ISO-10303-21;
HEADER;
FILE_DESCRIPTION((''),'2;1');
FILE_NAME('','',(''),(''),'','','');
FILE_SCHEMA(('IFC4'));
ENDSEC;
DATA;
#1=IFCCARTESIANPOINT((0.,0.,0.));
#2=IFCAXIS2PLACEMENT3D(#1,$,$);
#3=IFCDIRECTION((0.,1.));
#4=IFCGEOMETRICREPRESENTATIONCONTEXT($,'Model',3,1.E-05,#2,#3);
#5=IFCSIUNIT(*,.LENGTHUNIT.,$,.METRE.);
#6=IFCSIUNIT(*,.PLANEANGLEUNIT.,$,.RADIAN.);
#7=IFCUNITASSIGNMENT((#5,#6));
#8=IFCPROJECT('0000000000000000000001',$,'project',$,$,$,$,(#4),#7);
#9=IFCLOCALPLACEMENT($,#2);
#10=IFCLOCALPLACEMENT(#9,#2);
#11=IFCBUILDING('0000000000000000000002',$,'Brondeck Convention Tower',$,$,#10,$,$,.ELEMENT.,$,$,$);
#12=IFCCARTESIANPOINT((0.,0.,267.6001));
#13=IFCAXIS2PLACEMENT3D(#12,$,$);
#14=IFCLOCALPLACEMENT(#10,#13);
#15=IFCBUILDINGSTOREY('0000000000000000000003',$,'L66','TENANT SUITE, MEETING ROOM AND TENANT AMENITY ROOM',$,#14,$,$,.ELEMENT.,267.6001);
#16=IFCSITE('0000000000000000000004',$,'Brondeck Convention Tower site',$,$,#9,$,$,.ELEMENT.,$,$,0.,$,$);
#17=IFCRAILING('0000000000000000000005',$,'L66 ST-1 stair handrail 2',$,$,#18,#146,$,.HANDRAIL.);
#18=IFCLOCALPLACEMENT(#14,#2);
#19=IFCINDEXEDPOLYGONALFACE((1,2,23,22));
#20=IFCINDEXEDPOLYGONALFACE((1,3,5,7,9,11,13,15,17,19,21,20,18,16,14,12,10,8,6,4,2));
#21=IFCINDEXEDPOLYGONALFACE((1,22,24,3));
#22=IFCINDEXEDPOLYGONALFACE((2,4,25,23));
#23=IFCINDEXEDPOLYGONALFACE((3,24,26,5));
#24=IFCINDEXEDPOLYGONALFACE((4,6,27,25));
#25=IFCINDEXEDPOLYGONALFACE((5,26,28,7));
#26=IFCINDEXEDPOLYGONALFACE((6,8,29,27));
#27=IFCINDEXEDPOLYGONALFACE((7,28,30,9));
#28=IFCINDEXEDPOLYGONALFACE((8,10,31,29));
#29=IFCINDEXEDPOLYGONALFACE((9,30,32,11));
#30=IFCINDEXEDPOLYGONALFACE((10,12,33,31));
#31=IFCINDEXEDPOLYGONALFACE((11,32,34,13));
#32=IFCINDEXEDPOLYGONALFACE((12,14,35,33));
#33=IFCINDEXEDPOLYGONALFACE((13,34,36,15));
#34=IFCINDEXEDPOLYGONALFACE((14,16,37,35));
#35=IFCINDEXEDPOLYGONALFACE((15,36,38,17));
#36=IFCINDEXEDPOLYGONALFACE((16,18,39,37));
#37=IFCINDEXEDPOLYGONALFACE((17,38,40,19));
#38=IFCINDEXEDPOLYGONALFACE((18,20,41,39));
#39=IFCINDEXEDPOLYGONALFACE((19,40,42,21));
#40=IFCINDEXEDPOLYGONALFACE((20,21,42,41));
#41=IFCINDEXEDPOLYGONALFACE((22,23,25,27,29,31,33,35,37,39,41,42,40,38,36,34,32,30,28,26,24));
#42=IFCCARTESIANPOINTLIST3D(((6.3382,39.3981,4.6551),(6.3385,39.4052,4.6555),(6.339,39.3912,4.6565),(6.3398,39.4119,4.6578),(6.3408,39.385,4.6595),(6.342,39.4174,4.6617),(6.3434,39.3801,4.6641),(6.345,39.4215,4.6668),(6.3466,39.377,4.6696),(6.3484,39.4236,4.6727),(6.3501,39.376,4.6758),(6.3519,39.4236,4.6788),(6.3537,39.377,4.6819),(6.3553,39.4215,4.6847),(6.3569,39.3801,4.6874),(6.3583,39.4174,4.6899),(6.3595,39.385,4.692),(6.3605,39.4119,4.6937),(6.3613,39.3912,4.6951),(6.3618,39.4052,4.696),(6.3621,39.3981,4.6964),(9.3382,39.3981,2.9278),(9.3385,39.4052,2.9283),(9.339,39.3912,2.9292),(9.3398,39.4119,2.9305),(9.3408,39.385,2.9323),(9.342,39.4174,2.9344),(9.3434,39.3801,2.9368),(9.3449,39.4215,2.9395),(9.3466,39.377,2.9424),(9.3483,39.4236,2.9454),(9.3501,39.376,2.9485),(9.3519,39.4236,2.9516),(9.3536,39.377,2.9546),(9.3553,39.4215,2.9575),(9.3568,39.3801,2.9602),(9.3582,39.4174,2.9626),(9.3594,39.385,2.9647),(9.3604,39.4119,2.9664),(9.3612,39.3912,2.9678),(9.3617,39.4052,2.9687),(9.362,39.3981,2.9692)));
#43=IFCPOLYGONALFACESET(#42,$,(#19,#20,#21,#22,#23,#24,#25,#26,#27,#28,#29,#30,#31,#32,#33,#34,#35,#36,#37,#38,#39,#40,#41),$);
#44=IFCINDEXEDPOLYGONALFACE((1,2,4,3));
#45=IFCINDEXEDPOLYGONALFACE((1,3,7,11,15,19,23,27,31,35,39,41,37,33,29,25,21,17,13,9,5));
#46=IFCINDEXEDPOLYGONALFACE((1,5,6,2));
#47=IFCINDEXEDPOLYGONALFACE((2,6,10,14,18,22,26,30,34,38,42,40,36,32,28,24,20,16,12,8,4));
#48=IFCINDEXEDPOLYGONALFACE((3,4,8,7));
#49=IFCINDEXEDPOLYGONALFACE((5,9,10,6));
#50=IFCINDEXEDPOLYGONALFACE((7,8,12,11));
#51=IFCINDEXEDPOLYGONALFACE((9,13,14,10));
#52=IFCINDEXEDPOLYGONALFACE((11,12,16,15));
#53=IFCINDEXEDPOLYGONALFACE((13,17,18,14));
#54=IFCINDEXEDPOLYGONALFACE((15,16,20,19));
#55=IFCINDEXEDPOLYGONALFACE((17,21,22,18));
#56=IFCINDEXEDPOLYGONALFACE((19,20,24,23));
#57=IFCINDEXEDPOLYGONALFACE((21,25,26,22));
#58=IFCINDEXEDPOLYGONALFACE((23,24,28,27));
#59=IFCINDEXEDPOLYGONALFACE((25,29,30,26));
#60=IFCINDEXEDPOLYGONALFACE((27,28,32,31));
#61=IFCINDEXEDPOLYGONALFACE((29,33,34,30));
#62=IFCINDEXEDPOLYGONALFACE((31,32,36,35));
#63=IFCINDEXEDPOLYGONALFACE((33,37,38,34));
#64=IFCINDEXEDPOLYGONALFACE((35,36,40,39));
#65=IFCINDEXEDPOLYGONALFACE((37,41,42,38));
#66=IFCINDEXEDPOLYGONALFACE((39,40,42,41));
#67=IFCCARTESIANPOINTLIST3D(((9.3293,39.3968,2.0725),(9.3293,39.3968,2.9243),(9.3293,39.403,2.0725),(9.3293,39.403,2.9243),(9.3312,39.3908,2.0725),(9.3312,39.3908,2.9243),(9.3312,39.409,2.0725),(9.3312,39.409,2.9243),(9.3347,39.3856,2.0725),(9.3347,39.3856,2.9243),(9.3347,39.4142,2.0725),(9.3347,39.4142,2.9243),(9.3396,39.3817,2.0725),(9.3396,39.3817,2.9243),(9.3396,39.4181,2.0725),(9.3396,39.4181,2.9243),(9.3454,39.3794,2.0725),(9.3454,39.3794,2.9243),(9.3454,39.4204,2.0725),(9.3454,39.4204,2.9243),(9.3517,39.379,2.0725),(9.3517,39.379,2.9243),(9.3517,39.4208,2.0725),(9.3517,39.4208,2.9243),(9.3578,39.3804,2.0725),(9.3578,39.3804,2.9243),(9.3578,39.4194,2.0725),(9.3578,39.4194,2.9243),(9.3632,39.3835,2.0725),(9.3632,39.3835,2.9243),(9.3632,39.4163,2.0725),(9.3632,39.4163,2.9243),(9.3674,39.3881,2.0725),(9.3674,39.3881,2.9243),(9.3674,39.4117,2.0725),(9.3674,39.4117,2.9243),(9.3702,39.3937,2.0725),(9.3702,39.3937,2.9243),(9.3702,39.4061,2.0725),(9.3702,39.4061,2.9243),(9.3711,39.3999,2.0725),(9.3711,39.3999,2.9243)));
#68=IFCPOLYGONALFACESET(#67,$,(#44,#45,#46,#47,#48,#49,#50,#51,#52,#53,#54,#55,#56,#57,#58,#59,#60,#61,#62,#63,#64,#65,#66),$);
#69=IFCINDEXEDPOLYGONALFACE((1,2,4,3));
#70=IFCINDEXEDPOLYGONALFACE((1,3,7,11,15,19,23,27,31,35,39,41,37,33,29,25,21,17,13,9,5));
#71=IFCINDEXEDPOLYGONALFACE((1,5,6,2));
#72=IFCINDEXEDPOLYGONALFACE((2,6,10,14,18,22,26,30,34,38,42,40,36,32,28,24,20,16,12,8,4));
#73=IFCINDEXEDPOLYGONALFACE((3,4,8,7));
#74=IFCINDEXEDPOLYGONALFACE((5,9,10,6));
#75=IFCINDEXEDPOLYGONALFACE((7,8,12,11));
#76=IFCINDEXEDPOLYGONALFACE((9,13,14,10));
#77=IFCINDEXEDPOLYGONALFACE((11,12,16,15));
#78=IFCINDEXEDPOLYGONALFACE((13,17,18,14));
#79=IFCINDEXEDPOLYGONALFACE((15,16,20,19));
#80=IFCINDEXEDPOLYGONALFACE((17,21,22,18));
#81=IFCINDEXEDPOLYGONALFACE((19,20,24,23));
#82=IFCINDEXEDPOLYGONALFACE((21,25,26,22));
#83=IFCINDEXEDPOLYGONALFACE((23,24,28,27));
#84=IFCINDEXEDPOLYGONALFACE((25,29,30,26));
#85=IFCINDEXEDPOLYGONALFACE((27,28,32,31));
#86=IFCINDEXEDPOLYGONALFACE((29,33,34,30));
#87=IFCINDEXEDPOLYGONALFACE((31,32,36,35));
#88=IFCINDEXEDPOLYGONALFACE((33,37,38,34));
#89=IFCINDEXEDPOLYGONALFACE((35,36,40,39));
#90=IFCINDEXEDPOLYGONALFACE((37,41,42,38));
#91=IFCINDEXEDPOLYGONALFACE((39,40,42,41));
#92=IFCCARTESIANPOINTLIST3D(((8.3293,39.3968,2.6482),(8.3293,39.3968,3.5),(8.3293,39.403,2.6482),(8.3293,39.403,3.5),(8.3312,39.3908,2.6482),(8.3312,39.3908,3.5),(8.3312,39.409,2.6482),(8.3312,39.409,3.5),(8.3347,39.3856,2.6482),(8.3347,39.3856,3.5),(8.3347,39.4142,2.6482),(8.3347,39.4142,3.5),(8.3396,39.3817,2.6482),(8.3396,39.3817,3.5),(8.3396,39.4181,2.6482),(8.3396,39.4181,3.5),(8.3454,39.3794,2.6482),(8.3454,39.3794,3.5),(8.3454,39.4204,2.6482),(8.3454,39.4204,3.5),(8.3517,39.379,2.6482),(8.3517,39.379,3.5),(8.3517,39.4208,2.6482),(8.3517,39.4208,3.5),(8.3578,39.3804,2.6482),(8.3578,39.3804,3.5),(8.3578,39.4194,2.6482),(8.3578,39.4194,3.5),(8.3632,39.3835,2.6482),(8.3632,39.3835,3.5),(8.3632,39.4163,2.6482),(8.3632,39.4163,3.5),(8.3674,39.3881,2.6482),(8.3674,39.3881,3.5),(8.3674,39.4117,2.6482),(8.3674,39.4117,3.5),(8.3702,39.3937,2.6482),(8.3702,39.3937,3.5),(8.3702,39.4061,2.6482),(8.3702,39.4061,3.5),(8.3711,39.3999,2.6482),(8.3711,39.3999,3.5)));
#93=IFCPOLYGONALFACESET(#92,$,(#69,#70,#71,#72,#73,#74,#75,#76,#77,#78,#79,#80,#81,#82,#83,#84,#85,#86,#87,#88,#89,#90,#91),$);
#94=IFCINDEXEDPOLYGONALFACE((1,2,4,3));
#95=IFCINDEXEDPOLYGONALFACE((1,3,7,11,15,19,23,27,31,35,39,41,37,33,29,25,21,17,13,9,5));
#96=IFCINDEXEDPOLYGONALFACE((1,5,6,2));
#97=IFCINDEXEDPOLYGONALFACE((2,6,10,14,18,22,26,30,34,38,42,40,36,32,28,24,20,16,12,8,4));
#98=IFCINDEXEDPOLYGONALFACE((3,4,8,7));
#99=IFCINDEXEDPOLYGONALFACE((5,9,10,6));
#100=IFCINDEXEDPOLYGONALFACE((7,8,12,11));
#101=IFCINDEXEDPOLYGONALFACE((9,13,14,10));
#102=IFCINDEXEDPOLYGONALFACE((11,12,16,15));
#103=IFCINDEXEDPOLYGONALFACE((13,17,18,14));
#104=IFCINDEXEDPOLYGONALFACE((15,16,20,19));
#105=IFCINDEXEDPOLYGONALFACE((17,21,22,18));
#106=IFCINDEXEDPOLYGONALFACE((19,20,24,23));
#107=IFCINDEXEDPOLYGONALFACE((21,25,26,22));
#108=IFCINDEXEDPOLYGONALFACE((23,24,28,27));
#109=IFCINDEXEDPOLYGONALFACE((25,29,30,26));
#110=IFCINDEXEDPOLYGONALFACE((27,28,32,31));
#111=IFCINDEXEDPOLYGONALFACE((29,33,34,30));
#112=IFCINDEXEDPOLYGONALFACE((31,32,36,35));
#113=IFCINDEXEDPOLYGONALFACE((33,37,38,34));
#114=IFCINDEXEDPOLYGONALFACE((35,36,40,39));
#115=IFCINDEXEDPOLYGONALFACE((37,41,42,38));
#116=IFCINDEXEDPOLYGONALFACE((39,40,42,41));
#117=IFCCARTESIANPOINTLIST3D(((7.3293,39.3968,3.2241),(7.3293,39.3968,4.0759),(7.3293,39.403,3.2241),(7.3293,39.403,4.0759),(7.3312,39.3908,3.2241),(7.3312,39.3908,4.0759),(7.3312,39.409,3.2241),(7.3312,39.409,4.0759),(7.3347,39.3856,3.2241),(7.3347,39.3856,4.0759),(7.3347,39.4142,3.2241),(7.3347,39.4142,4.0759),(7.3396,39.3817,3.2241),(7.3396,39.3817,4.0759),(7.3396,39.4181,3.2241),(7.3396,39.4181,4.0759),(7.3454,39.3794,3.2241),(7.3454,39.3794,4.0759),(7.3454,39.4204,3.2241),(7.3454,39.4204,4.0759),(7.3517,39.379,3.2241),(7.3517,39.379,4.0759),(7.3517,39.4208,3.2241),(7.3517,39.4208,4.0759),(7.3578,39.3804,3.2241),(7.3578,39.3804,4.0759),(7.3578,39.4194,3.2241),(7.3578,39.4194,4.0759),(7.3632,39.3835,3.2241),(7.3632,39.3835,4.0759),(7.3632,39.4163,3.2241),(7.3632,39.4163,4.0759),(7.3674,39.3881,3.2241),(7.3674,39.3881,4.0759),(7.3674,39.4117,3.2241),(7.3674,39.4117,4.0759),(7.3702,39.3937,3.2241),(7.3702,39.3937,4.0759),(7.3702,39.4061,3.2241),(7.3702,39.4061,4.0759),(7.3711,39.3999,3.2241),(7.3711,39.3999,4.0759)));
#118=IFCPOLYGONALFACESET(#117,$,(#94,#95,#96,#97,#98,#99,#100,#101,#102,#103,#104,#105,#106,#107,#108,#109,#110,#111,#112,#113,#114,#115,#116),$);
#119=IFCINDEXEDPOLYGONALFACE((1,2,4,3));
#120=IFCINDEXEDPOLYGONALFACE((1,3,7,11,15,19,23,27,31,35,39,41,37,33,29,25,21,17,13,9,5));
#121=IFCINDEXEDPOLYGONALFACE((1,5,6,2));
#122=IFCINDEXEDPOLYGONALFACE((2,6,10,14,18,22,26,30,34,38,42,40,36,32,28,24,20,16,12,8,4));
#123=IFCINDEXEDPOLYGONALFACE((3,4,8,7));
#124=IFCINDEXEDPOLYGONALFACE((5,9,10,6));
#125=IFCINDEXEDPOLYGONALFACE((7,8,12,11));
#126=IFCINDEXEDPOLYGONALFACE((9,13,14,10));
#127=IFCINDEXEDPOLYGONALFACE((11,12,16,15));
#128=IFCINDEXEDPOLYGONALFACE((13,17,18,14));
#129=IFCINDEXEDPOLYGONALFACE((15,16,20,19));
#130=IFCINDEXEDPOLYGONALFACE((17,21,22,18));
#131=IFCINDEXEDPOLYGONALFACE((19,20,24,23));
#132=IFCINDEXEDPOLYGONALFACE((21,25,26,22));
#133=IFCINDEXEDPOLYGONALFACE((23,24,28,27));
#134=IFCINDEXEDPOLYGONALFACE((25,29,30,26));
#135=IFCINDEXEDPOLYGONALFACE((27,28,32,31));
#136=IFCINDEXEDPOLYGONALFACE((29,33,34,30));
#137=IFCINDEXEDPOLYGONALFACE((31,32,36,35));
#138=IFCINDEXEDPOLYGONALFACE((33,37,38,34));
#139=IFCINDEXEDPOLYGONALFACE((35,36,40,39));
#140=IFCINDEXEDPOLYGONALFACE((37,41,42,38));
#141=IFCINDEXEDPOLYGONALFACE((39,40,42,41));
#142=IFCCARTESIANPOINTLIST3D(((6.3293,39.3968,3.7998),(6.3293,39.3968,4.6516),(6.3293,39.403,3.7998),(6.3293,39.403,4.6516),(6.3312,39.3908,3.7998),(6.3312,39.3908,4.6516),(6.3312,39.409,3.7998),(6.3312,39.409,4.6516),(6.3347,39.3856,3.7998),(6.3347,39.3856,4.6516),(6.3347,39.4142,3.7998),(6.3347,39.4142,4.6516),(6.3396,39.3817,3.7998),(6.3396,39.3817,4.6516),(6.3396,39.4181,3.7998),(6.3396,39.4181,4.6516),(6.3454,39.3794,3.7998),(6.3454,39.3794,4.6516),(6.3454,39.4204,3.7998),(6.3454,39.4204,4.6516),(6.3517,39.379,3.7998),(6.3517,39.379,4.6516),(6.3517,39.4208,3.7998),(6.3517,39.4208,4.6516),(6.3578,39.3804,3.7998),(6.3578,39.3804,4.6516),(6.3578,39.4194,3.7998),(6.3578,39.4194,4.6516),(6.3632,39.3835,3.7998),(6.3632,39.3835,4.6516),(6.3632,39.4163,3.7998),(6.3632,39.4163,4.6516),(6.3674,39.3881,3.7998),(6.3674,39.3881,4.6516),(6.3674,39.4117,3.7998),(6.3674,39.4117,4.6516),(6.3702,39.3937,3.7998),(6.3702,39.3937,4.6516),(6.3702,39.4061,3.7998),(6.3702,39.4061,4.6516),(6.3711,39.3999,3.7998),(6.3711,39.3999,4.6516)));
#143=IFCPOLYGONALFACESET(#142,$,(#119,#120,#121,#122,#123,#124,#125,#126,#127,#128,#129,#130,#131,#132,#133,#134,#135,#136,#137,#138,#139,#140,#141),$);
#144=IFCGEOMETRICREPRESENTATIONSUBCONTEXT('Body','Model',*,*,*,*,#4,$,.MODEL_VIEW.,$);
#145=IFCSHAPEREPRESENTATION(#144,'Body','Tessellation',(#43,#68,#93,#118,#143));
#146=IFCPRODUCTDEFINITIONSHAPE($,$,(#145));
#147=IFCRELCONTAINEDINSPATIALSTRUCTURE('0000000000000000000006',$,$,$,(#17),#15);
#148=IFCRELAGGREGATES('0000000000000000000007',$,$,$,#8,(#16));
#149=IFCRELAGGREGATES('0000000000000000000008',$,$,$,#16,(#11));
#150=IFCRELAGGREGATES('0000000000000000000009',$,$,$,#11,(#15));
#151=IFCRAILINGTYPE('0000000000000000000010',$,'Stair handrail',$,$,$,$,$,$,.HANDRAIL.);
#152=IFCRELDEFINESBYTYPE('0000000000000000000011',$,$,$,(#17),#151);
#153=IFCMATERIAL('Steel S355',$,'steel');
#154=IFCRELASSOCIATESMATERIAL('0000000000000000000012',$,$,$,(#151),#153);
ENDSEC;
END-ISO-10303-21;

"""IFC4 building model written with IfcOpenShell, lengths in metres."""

from ifc_helpers import new_model, si_unit, direction, frame, origin, origin_2d, place, context, subcontext, project, spatial, circle, extrude, material, type_object, element, save


model = new_model("IFC4")

# Units and contexts
model_context = context("Model", 3, precision=1e-05, world=origin(), true_north=direction((0.0, 1.0)))
body_context = subcontext(model_context, "Body", "Model", "MODEL_VIEW")
ifc_project = project(units=[si_unit("LENGTHUNIT", "METRE"), si_unit("PLANEANGLEUNIT", "RADIAN")], contexts=[model_context])

# Site, building, storey
site_placement = place(None, origin())
site = spatial("IfcSite", under=ifc_project, at=site_placement, Name="Brondeck Convention Tower site", CompositionType="ELEMENT", RefElevation=0.0)
building_placement = place(site_placement, origin())
building = spatial("IfcBuilding", under=site, at=building_placement, Name="Brondeck Convention Tower", CompositionType="ELEMENT")
storey_placement = place(building_placement, frame((0.0, 0.0, 267.6001)))
storey = spatial("IfcBuildingStorey", under=building, at=storey_placement, Name="L66", Description="TENANT SUITE, MEETING ROOM AND TENANT AMENITY ROOM", CompositionType="ELEMENT", Elevation=267.6001)

# Railing
ifc_material_1 = material(Name="Steel S355", Category="steel")
railing_type_1 = type_object("IfcRailingType", Name="Stair handrail", PredefinedType="HANDRAIL", material=ifc_material_1)
railing_1_placement = place(storey_placement, frame((9.3501, 39.3999, 2.0725)))
element("IfcRailing", 1, at=railing_1_placement, inside=storey, type_object=railing_type_1, Name="L66 ST-1 stair handrail 2", PredefinedType="HANDRAIL", context=body_context, shape_type="SweptSolid", body=[
    extrude(circle(Radius=0.0239, at=origin_2d()), frame((0.0, 0.0, 0.876), z_axis=(-0.86662, 0.0, 0.498969), x_axis=(0.0, -1.0, 0.0)), (0.0, 0.0, 1.0), 3.4617),
    extrude(circle(Radius=0.021, at=origin_2d()), origin(), (0.0, 0.0, 1.0), 0.8518),
    extrude(circle(Radius=0.021, at=origin_2d()), frame((-1.0, 0.0, 0.5757)), (0.0, 0.0, 1.0), 0.8518),
    extrude(circle(Radius=0.021, at=origin_2d()), frame((-2.0, 0.0, 1.1516)), (0.0, 0.0, 1.0), 0.8518),
    extrude(circle(Radius=0.021, at=origin_2d()), frame((-3.0, 0.0, 1.7273)), (0.0, 0.0, 1.0), 0.8518),
])

save(model, "model.ifc")
